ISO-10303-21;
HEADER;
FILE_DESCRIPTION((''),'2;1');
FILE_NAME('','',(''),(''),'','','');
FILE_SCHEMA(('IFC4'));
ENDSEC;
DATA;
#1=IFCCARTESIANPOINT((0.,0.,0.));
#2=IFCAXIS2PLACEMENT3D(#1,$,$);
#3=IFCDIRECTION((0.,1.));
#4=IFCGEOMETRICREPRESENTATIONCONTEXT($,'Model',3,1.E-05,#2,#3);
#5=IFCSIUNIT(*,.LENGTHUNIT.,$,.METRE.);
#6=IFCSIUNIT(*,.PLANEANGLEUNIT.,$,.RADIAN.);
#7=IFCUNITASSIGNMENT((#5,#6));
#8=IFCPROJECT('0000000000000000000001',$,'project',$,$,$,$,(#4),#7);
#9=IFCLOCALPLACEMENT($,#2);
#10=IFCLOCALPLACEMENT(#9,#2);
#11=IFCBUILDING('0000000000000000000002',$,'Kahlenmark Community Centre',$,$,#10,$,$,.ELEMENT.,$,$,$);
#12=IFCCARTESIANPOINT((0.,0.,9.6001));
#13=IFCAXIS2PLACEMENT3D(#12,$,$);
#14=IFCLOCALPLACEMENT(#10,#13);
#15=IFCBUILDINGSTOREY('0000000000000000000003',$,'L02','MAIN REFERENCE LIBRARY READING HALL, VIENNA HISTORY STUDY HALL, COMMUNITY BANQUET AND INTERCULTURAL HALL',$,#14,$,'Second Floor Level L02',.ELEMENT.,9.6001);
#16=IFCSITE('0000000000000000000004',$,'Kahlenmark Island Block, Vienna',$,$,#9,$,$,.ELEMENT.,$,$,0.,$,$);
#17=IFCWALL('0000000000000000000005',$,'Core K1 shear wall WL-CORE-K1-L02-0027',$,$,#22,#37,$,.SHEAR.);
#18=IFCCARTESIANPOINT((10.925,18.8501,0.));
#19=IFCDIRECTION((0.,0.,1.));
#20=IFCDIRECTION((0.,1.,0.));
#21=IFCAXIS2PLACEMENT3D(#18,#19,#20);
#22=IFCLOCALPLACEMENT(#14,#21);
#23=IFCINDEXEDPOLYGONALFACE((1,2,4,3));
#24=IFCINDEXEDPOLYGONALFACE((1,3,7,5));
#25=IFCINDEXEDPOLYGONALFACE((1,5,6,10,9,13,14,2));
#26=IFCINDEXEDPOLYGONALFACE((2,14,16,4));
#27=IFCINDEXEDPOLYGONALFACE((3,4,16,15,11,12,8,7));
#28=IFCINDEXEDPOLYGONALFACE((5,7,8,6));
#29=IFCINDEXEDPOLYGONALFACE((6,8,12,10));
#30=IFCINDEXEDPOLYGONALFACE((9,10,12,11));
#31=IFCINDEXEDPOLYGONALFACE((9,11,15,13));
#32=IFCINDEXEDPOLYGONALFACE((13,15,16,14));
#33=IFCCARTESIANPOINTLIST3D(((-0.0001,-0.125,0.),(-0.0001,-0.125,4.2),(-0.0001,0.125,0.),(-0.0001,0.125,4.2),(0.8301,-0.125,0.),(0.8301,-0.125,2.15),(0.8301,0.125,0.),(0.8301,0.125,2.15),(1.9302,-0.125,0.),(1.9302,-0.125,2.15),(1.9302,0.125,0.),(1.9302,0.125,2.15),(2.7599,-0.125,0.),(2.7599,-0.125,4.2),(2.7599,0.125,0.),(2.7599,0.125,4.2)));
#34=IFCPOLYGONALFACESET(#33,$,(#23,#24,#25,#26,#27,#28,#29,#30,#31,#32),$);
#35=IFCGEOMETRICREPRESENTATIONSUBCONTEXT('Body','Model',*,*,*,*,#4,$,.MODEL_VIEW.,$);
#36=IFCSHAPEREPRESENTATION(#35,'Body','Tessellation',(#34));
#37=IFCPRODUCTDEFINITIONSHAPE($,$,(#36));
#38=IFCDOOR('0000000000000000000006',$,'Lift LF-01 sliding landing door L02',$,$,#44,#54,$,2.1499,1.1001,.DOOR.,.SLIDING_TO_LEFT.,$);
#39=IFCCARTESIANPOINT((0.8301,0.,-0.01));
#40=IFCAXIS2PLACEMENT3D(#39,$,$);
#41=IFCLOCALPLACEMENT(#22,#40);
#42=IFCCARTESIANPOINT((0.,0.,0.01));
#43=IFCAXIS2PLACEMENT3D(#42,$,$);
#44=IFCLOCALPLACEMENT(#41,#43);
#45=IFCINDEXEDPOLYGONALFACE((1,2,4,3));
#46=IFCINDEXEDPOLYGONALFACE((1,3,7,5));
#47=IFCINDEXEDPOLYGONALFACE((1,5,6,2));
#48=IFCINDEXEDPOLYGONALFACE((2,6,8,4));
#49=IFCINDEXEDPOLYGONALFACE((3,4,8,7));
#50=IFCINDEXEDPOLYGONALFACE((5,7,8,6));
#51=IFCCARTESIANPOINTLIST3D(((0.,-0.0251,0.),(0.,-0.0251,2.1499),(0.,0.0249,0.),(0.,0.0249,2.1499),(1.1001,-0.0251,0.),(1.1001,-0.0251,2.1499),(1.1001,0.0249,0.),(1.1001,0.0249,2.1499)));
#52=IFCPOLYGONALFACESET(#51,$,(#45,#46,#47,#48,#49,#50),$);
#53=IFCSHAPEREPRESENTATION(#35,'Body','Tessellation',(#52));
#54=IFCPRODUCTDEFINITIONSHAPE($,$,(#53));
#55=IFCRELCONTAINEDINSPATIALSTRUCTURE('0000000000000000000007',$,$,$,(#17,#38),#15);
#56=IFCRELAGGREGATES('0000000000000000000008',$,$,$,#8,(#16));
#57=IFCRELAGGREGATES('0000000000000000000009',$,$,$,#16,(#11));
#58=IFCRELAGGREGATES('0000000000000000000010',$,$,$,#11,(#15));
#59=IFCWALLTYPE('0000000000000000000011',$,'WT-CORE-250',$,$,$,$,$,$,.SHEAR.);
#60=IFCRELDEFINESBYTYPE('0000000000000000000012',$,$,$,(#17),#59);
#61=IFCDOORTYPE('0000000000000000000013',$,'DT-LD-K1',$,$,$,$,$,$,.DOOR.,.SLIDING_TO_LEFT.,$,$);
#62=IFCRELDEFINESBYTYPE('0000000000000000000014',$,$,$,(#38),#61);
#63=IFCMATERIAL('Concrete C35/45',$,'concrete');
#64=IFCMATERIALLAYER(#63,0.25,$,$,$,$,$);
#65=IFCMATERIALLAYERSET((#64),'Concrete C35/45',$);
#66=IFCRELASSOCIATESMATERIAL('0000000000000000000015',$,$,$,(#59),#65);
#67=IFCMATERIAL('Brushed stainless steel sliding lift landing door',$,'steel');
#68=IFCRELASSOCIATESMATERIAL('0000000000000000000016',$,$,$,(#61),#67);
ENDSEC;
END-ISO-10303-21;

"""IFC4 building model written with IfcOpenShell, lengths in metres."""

from ifc_helpers import new_model, si_unit, direction, frame, frame_2d, origin, place, context, subcontext, project, spatial, rectangle, extrude, material, layer, layer_set, type_object, element, fill, save


model = new_model("IFC4")

# Units and contexts
model_context = context("Model", 3, precision=1e-05, world=origin(), true_north=direction((0.0, 1.0)))
body_context = subcontext(model_context, "Body", "Model", "MODEL_VIEW")
ifc_project = project(units=[si_unit("LENGTHUNIT", "METRE"), si_unit("PLANEANGLEUNIT", "RADIAN")], contexts=[model_context])

# Site, building, storey
site_placement = place(None, origin())
site = spatial("IfcSite", under=ifc_project, at=site_placement, Name="Kahlenmark Island Block, Vienna", CompositionType="ELEMENT", RefElevation=0.0)
building_placement = place(site_placement, origin())
building = spatial("IfcBuilding", under=site, at=building_placement, Name="Kahlenmark Community Centre", CompositionType="ELEMENT")
storey_placement = place(building_placement, frame((0.0, 0.0, 9.6001)))
storey = spatial("IfcBuildingStorey", under=building, at=storey_placement, Name="L02", Description="MAIN REFERENCE LIBRARY READING HALL, VIENNA HISTORY STUDY HALL, COMMUNITY BANQUET AND INTERCULTURAL HALL", LongName="Second Floor Level L02", CompositionType="ELEMENT", Elevation=9.6001)

# Shared definitions
ifc_material_1 = material(Name="Concrete C35/45", Category="concrete")
ifc_layer_1 = layer(ifc_material_1, 0.25)
ifc_layer_set_1 = layer_set([ifc_layer_1], Name="Concrete C35/45")
wall_type_1 = type_object("IfcWallType", Name="WT-CORE-250", PredefinedType="SHEAR", material=ifc_layer_set_1)

# Wall, opening, door
wall_1_placement = place(storey_placement, frame((10.925, 18.8501, 0.0), z_axis=(0.0, 0.0, 1.0), x_axis=(0.0, 1.0, 0.0)))
wall_1 = element("IfcWall", 1, at=wall_1_placement, inside=storey, type_object=wall_type_1, Name="Core K1 shear wall WL-CORE-K1-L02-0027", PredefinedType="SHEAR", context=body_context, shape_type="SweptSolid", body=[
    extrude(rectangle(XDim=2.76, YDim=0.25, at=frame_2d((1.3799, 0.0))), origin(), (0.0, 0.0, 1.0), 4.2),
])
opening_1_placement = place(wall_1_placement, frame((0.8301, 0.0, -0.01)))
opening_1 = element("IfcOpeningElement", 2, at=opening_1_placement, cuts=wall_1, PredefinedType="OPENING", context=body_context, shape_type="SweptSolid", body=[
    extrude(rectangle(XDim=1.1001, YDim=2.1599, at=frame_2d((0.55, 1.0801))), frame((0.0, 0.135, 0.0), z_axis=(0.0, -1.0, 0.0), x_axis=(1.0, 0.0, 0.0)), (0.0, 0.0, 1.0), 0.27),
])
ifc_material_2 = material(Name="Brushed stainless steel sliding lift landing door", Category="steel")
door_type_1 = type_object("IfcDoorType", Name="DT-LD-K1", OperationType="SLIDING_TO_LEFT", PredefinedType="DOOR", material=ifc_material_2)
door_1_placement = place(opening_1_placement, frame((0.0, 0.0, 0.01)))
door_1 = element("IfcDoor", 3, at=door_1_placement, inside=storey, type_object=door_type_1, Name="Lift LF-01 sliding landing door L02", OperationType="SLIDING_TO_LEFT", OverallHeight=2.1499, OverallWidth=1.1001, PredefinedType="DOOR", context=body_context, shape_type="SweptSolid", body=[
    extrude(rectangle(XDim=1.1001, YDim=2.1499, at=frame_2d((0.55, 1.075))), frame((0.0, 0.0249, 0.0), z_axis=(0.0, -1.0, 0.0), x_axis=(1.0, 0.0, 0.0)), (0.0, 0.0, 1.0), 0.05),
])
fill(opening_1, door_1)

save(model, "model.ifc")
